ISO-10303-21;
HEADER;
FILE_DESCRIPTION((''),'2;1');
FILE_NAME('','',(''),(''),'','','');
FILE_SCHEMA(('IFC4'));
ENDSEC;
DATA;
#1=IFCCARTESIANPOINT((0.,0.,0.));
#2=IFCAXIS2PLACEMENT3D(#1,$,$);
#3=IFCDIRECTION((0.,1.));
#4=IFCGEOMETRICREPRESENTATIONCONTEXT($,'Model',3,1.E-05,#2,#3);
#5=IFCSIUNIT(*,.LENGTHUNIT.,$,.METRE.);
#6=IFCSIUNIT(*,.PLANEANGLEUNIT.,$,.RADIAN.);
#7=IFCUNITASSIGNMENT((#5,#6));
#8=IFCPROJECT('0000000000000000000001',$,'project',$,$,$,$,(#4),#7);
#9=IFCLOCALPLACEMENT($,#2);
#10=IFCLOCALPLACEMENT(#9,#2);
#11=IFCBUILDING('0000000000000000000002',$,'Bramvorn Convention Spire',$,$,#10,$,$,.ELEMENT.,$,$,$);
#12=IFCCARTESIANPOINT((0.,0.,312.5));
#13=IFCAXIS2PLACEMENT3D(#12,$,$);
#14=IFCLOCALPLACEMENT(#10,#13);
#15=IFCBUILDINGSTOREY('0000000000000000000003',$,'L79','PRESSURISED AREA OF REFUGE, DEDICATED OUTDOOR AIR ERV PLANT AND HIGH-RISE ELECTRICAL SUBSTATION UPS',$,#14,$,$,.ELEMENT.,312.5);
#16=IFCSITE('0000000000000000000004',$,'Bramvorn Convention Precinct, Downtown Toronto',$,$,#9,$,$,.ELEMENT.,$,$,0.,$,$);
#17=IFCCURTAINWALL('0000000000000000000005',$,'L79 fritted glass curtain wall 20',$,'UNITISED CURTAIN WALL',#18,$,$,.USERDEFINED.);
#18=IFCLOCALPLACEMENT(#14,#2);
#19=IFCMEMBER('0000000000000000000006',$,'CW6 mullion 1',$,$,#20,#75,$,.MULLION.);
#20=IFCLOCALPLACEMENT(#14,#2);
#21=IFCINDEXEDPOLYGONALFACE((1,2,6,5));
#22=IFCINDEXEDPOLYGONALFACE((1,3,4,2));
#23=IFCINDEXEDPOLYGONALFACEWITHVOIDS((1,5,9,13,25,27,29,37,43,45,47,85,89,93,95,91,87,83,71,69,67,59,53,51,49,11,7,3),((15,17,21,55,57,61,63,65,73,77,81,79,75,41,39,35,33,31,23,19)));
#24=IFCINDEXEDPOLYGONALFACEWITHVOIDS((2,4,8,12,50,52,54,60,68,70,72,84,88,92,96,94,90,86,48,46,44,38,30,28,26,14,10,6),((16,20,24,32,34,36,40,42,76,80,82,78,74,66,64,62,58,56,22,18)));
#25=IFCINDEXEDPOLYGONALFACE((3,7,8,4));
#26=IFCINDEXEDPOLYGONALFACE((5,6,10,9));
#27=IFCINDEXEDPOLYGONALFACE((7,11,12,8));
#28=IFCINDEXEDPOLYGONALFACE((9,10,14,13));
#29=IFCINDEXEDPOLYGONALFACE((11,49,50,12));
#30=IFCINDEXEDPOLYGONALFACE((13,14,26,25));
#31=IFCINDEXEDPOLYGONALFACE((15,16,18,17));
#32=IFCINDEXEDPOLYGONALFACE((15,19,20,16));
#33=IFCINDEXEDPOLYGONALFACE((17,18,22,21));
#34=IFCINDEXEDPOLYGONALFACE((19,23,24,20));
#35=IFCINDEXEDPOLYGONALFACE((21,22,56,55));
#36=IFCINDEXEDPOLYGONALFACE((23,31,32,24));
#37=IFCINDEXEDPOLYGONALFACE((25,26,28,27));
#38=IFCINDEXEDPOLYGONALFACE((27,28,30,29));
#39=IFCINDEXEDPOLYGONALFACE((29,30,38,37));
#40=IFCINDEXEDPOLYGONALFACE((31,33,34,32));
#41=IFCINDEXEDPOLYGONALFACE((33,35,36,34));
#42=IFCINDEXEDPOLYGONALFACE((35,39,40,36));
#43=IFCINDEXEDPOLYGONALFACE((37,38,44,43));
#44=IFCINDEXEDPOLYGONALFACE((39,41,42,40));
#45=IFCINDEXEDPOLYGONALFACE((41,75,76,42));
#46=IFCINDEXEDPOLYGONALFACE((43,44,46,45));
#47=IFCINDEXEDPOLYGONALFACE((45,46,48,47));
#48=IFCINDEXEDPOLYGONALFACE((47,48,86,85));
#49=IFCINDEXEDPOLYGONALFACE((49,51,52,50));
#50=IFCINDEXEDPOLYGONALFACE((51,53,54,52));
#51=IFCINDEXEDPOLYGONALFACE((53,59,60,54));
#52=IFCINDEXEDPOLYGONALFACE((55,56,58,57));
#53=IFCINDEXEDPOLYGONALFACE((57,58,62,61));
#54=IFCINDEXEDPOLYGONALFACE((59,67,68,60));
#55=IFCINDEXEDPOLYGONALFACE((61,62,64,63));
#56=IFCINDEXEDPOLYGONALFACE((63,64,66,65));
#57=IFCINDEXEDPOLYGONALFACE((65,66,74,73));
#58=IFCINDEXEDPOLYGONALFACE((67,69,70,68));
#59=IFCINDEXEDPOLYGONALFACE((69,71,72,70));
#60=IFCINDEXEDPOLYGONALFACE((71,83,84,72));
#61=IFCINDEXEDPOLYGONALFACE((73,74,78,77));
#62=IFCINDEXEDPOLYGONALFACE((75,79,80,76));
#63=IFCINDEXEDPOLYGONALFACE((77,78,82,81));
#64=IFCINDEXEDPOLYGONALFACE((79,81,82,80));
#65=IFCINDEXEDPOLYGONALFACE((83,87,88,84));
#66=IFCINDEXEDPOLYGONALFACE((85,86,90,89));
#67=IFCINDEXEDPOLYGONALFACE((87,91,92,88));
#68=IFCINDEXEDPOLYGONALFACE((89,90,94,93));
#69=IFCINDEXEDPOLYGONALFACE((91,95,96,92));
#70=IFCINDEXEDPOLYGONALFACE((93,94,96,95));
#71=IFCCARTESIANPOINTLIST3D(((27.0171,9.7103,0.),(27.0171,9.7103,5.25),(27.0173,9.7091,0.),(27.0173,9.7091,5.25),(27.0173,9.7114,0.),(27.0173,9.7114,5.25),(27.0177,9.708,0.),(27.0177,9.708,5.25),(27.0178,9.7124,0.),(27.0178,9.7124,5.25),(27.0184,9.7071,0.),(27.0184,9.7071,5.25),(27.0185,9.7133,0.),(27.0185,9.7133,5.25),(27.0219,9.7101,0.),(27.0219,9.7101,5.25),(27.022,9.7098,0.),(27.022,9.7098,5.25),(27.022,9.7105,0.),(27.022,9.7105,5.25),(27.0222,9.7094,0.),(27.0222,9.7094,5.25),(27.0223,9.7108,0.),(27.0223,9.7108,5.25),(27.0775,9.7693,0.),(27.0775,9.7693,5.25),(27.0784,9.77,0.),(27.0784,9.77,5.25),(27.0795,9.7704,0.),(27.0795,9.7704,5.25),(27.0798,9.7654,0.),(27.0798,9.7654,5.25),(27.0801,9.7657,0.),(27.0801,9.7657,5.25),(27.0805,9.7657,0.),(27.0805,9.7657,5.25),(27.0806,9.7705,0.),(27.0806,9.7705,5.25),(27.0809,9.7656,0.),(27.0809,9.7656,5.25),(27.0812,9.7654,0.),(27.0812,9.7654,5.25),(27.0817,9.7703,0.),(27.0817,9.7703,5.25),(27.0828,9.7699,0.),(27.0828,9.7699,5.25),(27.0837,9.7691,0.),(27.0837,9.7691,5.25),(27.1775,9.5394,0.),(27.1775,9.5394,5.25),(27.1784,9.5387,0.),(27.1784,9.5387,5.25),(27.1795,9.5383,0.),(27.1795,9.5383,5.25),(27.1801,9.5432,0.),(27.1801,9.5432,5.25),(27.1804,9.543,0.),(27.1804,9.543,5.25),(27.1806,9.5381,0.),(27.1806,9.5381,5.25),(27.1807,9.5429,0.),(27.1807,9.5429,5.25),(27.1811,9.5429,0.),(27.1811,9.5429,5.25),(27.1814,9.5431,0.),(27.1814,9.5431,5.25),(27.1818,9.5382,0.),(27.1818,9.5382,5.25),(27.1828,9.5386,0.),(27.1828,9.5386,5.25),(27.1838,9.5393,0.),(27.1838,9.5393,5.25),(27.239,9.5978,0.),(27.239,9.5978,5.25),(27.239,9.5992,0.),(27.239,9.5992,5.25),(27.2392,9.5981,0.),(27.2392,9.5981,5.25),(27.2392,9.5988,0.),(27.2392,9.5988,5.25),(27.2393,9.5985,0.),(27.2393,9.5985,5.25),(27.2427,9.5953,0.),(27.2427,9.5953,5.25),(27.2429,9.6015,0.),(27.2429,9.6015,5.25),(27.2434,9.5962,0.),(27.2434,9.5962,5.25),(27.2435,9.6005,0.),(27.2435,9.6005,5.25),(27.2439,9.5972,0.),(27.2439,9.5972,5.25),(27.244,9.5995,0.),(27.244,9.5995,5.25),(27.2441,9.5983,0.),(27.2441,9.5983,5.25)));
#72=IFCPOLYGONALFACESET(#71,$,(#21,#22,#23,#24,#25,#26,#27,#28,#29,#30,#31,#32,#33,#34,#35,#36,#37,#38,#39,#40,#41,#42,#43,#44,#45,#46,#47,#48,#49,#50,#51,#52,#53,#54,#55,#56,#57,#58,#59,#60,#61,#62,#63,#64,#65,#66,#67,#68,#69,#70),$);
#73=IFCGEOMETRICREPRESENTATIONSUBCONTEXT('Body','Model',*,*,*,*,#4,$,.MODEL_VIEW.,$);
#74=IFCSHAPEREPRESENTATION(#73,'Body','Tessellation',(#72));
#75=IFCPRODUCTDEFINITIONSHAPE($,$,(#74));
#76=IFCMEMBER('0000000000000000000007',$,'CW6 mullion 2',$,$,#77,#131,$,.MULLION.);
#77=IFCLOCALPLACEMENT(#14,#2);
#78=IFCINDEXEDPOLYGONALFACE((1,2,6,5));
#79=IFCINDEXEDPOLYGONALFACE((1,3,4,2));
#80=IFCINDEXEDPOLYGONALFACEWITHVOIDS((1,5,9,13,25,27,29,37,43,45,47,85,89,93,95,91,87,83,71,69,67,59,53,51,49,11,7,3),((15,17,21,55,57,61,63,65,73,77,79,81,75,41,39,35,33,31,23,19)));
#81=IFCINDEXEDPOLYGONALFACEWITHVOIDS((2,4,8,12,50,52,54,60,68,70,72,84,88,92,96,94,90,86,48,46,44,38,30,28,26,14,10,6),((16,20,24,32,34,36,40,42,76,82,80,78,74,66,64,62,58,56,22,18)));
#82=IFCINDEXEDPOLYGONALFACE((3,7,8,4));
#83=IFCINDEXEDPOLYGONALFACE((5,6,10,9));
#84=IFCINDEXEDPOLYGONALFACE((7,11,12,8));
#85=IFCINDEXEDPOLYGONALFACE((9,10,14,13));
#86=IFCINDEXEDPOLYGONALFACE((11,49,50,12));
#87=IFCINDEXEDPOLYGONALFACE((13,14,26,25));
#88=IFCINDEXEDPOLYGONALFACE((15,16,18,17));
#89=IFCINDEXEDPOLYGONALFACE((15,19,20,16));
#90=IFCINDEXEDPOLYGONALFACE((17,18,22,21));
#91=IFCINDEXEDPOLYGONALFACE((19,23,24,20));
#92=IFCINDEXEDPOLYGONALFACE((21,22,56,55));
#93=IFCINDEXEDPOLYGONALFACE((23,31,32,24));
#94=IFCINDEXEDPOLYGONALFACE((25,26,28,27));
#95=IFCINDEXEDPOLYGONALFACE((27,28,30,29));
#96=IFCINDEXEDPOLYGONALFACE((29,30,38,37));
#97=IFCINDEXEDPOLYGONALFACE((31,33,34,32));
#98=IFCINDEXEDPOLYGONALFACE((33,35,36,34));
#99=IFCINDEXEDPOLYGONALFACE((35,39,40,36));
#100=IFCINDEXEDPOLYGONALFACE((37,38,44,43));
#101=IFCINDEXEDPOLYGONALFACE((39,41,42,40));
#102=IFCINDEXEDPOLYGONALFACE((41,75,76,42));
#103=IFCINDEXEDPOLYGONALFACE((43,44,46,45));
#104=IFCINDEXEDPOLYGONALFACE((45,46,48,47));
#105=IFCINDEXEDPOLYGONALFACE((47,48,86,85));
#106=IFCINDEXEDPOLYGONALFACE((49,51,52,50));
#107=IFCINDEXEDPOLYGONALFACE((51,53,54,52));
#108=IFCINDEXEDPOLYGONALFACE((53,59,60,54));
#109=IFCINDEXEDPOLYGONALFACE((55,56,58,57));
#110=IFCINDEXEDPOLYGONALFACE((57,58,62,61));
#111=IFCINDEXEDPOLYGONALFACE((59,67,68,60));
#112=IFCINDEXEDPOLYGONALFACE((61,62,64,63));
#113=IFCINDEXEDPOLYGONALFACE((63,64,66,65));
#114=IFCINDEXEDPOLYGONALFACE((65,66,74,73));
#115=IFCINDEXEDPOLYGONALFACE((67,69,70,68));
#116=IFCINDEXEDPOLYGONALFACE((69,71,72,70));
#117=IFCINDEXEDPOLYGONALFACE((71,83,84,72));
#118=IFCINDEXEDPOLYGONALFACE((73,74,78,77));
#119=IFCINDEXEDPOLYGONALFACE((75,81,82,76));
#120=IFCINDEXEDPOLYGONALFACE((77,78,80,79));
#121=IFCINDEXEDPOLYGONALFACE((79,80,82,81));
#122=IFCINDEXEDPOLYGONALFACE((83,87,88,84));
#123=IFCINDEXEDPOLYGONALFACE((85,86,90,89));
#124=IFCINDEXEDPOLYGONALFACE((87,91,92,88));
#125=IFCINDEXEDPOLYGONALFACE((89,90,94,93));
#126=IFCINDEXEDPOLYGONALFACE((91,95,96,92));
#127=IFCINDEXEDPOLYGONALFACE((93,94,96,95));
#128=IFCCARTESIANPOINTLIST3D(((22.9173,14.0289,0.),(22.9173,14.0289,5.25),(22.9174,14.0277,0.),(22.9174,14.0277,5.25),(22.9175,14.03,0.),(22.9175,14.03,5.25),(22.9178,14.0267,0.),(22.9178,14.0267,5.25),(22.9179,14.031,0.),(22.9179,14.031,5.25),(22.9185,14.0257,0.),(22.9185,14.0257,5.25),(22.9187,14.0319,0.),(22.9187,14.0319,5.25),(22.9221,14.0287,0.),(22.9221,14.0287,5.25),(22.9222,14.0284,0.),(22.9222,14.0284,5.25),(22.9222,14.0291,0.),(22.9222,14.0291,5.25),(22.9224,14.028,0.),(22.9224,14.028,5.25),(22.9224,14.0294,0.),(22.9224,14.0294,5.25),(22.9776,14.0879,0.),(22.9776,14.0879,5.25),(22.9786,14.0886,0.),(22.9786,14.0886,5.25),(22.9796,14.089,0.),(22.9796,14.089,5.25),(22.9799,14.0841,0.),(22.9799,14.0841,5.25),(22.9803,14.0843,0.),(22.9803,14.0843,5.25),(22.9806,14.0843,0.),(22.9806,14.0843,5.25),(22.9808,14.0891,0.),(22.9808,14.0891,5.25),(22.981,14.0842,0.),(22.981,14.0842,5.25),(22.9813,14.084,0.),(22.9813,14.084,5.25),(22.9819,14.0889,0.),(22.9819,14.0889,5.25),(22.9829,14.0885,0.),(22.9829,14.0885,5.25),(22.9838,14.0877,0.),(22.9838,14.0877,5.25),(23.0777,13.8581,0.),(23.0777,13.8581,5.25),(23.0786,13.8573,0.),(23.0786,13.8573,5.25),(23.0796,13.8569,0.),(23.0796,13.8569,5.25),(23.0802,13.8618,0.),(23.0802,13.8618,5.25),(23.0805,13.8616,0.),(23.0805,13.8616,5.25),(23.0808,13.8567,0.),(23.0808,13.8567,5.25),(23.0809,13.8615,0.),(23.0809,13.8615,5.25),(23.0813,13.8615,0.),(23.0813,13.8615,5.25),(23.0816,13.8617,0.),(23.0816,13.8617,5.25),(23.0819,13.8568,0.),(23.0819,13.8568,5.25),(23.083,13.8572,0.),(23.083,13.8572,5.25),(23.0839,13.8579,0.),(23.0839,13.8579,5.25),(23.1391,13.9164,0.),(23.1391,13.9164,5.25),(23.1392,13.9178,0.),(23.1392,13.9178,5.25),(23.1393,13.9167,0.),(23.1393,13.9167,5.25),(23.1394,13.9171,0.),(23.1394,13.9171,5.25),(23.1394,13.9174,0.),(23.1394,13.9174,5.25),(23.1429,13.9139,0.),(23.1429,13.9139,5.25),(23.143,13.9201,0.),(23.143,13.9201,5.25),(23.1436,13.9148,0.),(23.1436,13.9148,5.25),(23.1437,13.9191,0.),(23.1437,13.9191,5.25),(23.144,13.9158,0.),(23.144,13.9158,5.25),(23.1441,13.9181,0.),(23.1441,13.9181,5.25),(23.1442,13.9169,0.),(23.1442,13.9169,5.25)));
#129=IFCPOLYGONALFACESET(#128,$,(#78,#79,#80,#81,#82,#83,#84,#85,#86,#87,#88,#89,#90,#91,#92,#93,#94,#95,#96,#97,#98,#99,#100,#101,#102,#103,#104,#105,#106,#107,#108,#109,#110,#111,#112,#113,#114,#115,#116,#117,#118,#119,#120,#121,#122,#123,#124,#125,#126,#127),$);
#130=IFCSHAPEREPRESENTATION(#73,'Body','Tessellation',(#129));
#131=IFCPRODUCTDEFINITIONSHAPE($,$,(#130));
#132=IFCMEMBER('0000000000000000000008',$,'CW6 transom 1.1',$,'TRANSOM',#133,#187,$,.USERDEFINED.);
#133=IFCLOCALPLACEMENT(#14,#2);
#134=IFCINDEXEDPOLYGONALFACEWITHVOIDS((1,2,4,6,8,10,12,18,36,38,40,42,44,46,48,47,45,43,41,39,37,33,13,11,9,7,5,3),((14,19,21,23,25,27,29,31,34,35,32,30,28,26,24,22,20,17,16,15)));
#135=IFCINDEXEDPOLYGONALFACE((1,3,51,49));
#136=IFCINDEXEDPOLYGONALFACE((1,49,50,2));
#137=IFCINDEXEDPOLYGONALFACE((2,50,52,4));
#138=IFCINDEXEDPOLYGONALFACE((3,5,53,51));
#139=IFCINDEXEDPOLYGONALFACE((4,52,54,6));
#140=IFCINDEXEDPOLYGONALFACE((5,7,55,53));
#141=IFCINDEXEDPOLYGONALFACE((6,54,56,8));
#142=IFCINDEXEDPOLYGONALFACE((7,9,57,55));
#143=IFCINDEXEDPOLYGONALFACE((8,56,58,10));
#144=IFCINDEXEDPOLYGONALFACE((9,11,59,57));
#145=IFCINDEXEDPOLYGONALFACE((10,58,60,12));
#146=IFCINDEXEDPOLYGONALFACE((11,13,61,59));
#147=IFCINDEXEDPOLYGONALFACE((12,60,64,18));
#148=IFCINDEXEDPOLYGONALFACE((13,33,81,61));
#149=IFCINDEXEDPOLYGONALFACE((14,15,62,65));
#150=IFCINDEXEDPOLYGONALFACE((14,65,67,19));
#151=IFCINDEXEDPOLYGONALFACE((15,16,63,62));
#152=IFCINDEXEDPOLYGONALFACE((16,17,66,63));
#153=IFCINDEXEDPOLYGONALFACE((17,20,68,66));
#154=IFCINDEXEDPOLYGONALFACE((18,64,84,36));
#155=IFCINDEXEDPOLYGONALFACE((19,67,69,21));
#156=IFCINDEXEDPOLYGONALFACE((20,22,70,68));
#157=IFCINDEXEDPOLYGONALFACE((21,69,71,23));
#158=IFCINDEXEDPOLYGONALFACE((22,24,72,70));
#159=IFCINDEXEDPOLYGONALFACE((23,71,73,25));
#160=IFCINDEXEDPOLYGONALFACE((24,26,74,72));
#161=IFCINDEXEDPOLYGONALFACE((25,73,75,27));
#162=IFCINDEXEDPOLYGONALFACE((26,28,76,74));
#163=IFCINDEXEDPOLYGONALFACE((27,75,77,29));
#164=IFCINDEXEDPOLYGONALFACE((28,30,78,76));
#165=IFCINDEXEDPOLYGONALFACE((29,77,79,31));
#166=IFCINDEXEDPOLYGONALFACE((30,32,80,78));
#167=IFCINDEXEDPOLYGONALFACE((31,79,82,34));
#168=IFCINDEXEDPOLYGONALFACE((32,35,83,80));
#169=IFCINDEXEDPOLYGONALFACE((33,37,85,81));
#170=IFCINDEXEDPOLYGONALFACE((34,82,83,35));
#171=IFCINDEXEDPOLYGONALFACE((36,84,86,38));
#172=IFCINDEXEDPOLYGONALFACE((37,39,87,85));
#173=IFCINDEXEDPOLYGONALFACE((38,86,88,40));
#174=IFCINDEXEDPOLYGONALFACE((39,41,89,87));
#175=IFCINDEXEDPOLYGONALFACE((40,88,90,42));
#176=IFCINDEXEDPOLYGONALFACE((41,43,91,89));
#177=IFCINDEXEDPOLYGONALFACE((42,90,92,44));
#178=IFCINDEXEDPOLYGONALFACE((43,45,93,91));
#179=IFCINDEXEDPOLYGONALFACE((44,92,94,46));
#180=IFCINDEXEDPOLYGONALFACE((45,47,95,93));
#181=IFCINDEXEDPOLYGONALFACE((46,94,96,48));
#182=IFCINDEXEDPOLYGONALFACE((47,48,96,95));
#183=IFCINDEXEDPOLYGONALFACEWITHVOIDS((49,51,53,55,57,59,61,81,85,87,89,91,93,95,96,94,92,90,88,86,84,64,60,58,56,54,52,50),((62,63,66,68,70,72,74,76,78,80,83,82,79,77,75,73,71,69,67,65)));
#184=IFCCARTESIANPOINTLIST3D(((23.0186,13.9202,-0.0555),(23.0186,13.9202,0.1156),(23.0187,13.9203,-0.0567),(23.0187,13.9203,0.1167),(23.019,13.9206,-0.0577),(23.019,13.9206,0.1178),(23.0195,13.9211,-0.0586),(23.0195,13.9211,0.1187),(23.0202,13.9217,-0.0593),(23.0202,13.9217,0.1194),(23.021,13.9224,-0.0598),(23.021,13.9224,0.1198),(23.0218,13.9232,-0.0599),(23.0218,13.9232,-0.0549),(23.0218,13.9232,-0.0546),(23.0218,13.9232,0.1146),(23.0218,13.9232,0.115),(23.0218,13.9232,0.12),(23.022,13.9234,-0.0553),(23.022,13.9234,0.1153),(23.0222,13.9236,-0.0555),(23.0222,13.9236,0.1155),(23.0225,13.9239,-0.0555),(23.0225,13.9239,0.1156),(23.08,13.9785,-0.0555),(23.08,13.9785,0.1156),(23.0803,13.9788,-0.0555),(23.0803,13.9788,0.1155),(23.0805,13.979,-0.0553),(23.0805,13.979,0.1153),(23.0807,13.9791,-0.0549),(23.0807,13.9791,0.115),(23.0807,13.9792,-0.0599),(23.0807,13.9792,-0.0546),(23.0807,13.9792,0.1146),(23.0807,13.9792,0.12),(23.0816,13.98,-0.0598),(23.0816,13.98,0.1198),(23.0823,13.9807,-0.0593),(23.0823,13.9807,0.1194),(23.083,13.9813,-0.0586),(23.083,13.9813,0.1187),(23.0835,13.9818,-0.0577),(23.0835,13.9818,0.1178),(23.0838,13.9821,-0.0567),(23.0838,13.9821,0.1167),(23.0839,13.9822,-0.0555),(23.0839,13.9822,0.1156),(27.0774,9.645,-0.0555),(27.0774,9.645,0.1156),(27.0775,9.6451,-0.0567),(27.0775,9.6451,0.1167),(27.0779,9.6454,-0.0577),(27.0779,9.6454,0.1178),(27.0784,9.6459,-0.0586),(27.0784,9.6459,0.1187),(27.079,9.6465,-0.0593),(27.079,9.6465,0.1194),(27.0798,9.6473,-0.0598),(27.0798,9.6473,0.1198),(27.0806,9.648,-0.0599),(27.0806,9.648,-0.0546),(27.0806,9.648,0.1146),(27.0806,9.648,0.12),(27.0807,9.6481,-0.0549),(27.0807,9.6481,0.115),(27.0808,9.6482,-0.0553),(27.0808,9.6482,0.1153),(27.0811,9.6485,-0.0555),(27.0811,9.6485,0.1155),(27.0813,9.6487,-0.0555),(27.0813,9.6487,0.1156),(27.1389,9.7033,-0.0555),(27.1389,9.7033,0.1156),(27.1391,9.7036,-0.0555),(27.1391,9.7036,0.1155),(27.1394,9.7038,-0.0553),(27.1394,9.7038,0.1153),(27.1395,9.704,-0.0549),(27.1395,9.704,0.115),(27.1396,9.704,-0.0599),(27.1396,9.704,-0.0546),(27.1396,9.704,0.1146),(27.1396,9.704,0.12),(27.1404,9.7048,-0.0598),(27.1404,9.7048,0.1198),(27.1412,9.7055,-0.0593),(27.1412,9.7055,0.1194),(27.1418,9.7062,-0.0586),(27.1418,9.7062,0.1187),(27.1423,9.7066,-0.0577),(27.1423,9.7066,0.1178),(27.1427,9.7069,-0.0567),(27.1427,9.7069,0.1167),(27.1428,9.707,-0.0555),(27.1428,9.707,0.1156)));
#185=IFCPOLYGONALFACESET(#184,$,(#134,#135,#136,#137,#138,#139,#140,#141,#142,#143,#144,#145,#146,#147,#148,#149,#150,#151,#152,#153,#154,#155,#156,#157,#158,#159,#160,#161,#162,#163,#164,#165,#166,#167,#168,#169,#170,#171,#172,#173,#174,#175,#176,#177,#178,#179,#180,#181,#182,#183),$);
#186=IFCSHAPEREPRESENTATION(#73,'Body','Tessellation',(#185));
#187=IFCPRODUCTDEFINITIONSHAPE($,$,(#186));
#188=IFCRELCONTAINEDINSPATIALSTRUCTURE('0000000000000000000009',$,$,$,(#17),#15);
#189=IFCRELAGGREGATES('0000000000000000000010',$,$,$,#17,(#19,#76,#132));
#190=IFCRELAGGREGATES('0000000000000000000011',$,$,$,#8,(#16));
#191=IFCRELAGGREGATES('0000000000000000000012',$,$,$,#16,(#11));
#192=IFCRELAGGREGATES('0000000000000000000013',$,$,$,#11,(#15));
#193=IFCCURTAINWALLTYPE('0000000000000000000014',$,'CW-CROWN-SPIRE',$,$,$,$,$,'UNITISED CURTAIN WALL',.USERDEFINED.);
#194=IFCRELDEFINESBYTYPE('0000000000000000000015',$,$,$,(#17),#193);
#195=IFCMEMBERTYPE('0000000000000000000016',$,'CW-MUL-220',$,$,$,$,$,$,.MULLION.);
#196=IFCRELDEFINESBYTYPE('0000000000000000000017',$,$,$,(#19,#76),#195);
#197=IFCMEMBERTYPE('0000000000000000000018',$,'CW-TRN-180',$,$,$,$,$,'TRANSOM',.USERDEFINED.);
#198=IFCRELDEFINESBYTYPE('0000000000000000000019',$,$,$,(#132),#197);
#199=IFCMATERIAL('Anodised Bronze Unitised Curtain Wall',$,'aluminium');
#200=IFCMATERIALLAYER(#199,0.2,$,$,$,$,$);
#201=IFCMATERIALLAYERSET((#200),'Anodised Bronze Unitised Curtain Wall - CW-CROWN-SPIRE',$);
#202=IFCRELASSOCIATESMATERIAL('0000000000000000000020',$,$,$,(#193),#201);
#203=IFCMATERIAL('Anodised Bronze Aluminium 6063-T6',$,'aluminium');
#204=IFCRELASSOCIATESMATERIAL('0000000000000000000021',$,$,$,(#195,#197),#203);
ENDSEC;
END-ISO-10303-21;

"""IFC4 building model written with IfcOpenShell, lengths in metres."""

from ifc_helpers import new_model, si_unit, direction, frame, origin, origin_2d, place, context, subcontext, project, spatial, hollow_rectangle, extrude, material, layer, layer_set, material_profile, profile_set, type_object, element, aggregate, save


model = new_model("IFC4")

# Units and contexts
model_context = context("Model", 3, precision=1e-05, world=origin(), true_north=direction((0.0, 1.0)))
body_context = subcontext(model_context, "Body", "Model", "MODEL_VIEW")
ifc_project = project(units=[si_unit("LENGTHUNIT", "METRE"), si_unit("PLANEANGLEUNIT", "RADIAN")], contexts=[model_context])

# Site, building, storey
site_placement = place(None, origin())
site = spatial("IfcSite", under=ifc_project, at=site_placement, Name="Bramvorn Convention Precinct, Downtown Toronto", CompositionType="ELEMENT", RefElevation=0.0)
building_placement = place(site_placement, origin())
building = spatial("IfcBuilding", under=site, at=building_placement, Name="Bramvorn Convention Spire", CompositionType="ELEMENT")
storey_placement = place(building_placement, frame((0.0, 0.0, 312.5)))
storey = spatial("IfcBuildingStorey", under=building, at=storey_placement, Name="L79", Description="PRESSURISED AREA OF REFUGE, DEDICATED OUTDOOR AIR ERV PLANT AND HIGH-RISE ELECTRICAL SUBSTATION UPS", CompositionType="ELEMENT", Elevation=312.5)

# Shared definitions
ifc_material_1 = material(Name="Anodised Bronze Unitised Curtain Wall", Category="aluminium")
ifc_layer_1 = layer(ifc_material_1, 0.2)
ifc_layer_set_1 = layer_set([ifc_layer_1], Name="Anodised Bronze Unitised Curtain Wall - CW-CROWN-SPIRE")
curtain_wall_type = type_object("IfcCurtainWallType", Name="CW-CROWN-SPIRE", ElementType="UNITISED CURTAIN WALL", PredefinedType="USERDEFINED", material=ifc_layer_set_1)
ifc_material_2 = material(Name="Anodised Bronze Aluminium 6063-T6", Category="aluminium")
ifc_material_profile_1 = material_profile(ifc_material_2, hollow_rectangle(XDim=0.0901, YDim=0.24, WallThickness=0.0044, InnerFilletRadius=0.001, OuterFilletRadius=0.0044, at=origin_2d()))
ifc_profile_set_1 = profile_set([ifc_material_profile_1], Name="Anodised Bronze Aluminium 6063-T6 - CWM90X240")
member_type_1 = type_object("IfcMemberType", Name="CW-MUL-220", PredefinedType="MULLION", material=ifc_profile_set_1)

# Curtain wall, members
curtain_wall_1_placement = place(storey_placement, origin())
curtain_wall_1 = element("IfcCurtainWall", 1, at=curtain_wall_1_placement, inside=storey, type_object=curtain_wall_type, Name="L79 fritted glass curtain wall 20", ObjectType="UNITISED CURTAIN WALL", PredefinedType="USERDEFINED")
member_1_placement = place(storey_placement, frame((27.1306, 9.6543, 0.0), z_axis=(0.0, 0.0, 1.0), x_axis=(-0.725223, -0.688514, 0.0)))
member_1 = element("IfcMember", 2, at=member_1_placement, type_object=member_type_1, Name="CW6 mullion 1", PredefinedType="MULLION", context=body_context, shape_type="SweptSolid", body=[
    extrude(hollow_rectangle(XDim=0.0901, YDim=0.24, WallThickness=0.0044, InnerFilletRadius=0.001, OuterFilletRadius=0.0044, at=origin_2d()), origin(), (0.0, 0.0, 1.0), 5.25),
])
member_2_placement = place(storey_placement, frame((23.0308, 13.9729, 0.0), z_axis=(0.0, 0.0, 1.0), x_axis=(-0.725223, -0.688514, 0.0)))
member_2 = element("IfcMember", 3, at=member_2_placement, type_object=member_type_1, Name="CW6 mullion 2", PredefinedType="MULLION", context=body_context, shape_type="SweptSolid", body=[
    extrude(hollow_rectangle(XDim=0.0901, YDim=0.24, WallThickness=0.0044, InnerFilletRadius=0.001, OuterFilletRadius=0.0044, at=origin_2d()), origin(), (0.0, 0.0, 1.0), 5.25),
])
ifc_material_profile_2 = material_profile(ifc_material_2, hollow_rectangle(XDim=0.0901, YDim=0.1799, WallThickness=0.0044, InnerFilletRadius=0.001, OuterFilletRadius=0.0044, at=origin_2d()))
ifc_profile_set_2 = profile_set([ifc_material_profile_2], Name="Anodised Bronze Aluminium 6063-T6 - CWT90X180")
member_type_2 = type_object("IfcMemberType", Name="CW-TRN-180", ElementType="TRANSOM", PredefinedType="USERDEFINED", material=ifc_profile_set_2)
member_3_placement = place(storey_placement, frame((27.1101, 9.676, 0.03), z_axis=(-0.688522, 0.725216, 0.0), x_axis=(-0.725216, -0.688522, 0.0)))
member_3 = element("IfcMember", 4, at=member_3_placement, type_object=member_type_2, Name="CW6 transom 1.1", ObjectType="TRANSOM", PredefinedType="USERDEFINED", context=body_context, shape_type="SweptSolid", body=[
    extrude(hollow_rectangle(XDim=0.0901, YDim=0.1799, WallThickness=0.0044, InnerFilletRadius=0.001, OuterFilletRadius=0.0044, at=origin_2d()), origin(), (0.0, 0.0, 1.0), 5.895),
])

aggregate(curtain_wall_1, [member_1, member_2, member_3])

save(model, "model.ifc")
